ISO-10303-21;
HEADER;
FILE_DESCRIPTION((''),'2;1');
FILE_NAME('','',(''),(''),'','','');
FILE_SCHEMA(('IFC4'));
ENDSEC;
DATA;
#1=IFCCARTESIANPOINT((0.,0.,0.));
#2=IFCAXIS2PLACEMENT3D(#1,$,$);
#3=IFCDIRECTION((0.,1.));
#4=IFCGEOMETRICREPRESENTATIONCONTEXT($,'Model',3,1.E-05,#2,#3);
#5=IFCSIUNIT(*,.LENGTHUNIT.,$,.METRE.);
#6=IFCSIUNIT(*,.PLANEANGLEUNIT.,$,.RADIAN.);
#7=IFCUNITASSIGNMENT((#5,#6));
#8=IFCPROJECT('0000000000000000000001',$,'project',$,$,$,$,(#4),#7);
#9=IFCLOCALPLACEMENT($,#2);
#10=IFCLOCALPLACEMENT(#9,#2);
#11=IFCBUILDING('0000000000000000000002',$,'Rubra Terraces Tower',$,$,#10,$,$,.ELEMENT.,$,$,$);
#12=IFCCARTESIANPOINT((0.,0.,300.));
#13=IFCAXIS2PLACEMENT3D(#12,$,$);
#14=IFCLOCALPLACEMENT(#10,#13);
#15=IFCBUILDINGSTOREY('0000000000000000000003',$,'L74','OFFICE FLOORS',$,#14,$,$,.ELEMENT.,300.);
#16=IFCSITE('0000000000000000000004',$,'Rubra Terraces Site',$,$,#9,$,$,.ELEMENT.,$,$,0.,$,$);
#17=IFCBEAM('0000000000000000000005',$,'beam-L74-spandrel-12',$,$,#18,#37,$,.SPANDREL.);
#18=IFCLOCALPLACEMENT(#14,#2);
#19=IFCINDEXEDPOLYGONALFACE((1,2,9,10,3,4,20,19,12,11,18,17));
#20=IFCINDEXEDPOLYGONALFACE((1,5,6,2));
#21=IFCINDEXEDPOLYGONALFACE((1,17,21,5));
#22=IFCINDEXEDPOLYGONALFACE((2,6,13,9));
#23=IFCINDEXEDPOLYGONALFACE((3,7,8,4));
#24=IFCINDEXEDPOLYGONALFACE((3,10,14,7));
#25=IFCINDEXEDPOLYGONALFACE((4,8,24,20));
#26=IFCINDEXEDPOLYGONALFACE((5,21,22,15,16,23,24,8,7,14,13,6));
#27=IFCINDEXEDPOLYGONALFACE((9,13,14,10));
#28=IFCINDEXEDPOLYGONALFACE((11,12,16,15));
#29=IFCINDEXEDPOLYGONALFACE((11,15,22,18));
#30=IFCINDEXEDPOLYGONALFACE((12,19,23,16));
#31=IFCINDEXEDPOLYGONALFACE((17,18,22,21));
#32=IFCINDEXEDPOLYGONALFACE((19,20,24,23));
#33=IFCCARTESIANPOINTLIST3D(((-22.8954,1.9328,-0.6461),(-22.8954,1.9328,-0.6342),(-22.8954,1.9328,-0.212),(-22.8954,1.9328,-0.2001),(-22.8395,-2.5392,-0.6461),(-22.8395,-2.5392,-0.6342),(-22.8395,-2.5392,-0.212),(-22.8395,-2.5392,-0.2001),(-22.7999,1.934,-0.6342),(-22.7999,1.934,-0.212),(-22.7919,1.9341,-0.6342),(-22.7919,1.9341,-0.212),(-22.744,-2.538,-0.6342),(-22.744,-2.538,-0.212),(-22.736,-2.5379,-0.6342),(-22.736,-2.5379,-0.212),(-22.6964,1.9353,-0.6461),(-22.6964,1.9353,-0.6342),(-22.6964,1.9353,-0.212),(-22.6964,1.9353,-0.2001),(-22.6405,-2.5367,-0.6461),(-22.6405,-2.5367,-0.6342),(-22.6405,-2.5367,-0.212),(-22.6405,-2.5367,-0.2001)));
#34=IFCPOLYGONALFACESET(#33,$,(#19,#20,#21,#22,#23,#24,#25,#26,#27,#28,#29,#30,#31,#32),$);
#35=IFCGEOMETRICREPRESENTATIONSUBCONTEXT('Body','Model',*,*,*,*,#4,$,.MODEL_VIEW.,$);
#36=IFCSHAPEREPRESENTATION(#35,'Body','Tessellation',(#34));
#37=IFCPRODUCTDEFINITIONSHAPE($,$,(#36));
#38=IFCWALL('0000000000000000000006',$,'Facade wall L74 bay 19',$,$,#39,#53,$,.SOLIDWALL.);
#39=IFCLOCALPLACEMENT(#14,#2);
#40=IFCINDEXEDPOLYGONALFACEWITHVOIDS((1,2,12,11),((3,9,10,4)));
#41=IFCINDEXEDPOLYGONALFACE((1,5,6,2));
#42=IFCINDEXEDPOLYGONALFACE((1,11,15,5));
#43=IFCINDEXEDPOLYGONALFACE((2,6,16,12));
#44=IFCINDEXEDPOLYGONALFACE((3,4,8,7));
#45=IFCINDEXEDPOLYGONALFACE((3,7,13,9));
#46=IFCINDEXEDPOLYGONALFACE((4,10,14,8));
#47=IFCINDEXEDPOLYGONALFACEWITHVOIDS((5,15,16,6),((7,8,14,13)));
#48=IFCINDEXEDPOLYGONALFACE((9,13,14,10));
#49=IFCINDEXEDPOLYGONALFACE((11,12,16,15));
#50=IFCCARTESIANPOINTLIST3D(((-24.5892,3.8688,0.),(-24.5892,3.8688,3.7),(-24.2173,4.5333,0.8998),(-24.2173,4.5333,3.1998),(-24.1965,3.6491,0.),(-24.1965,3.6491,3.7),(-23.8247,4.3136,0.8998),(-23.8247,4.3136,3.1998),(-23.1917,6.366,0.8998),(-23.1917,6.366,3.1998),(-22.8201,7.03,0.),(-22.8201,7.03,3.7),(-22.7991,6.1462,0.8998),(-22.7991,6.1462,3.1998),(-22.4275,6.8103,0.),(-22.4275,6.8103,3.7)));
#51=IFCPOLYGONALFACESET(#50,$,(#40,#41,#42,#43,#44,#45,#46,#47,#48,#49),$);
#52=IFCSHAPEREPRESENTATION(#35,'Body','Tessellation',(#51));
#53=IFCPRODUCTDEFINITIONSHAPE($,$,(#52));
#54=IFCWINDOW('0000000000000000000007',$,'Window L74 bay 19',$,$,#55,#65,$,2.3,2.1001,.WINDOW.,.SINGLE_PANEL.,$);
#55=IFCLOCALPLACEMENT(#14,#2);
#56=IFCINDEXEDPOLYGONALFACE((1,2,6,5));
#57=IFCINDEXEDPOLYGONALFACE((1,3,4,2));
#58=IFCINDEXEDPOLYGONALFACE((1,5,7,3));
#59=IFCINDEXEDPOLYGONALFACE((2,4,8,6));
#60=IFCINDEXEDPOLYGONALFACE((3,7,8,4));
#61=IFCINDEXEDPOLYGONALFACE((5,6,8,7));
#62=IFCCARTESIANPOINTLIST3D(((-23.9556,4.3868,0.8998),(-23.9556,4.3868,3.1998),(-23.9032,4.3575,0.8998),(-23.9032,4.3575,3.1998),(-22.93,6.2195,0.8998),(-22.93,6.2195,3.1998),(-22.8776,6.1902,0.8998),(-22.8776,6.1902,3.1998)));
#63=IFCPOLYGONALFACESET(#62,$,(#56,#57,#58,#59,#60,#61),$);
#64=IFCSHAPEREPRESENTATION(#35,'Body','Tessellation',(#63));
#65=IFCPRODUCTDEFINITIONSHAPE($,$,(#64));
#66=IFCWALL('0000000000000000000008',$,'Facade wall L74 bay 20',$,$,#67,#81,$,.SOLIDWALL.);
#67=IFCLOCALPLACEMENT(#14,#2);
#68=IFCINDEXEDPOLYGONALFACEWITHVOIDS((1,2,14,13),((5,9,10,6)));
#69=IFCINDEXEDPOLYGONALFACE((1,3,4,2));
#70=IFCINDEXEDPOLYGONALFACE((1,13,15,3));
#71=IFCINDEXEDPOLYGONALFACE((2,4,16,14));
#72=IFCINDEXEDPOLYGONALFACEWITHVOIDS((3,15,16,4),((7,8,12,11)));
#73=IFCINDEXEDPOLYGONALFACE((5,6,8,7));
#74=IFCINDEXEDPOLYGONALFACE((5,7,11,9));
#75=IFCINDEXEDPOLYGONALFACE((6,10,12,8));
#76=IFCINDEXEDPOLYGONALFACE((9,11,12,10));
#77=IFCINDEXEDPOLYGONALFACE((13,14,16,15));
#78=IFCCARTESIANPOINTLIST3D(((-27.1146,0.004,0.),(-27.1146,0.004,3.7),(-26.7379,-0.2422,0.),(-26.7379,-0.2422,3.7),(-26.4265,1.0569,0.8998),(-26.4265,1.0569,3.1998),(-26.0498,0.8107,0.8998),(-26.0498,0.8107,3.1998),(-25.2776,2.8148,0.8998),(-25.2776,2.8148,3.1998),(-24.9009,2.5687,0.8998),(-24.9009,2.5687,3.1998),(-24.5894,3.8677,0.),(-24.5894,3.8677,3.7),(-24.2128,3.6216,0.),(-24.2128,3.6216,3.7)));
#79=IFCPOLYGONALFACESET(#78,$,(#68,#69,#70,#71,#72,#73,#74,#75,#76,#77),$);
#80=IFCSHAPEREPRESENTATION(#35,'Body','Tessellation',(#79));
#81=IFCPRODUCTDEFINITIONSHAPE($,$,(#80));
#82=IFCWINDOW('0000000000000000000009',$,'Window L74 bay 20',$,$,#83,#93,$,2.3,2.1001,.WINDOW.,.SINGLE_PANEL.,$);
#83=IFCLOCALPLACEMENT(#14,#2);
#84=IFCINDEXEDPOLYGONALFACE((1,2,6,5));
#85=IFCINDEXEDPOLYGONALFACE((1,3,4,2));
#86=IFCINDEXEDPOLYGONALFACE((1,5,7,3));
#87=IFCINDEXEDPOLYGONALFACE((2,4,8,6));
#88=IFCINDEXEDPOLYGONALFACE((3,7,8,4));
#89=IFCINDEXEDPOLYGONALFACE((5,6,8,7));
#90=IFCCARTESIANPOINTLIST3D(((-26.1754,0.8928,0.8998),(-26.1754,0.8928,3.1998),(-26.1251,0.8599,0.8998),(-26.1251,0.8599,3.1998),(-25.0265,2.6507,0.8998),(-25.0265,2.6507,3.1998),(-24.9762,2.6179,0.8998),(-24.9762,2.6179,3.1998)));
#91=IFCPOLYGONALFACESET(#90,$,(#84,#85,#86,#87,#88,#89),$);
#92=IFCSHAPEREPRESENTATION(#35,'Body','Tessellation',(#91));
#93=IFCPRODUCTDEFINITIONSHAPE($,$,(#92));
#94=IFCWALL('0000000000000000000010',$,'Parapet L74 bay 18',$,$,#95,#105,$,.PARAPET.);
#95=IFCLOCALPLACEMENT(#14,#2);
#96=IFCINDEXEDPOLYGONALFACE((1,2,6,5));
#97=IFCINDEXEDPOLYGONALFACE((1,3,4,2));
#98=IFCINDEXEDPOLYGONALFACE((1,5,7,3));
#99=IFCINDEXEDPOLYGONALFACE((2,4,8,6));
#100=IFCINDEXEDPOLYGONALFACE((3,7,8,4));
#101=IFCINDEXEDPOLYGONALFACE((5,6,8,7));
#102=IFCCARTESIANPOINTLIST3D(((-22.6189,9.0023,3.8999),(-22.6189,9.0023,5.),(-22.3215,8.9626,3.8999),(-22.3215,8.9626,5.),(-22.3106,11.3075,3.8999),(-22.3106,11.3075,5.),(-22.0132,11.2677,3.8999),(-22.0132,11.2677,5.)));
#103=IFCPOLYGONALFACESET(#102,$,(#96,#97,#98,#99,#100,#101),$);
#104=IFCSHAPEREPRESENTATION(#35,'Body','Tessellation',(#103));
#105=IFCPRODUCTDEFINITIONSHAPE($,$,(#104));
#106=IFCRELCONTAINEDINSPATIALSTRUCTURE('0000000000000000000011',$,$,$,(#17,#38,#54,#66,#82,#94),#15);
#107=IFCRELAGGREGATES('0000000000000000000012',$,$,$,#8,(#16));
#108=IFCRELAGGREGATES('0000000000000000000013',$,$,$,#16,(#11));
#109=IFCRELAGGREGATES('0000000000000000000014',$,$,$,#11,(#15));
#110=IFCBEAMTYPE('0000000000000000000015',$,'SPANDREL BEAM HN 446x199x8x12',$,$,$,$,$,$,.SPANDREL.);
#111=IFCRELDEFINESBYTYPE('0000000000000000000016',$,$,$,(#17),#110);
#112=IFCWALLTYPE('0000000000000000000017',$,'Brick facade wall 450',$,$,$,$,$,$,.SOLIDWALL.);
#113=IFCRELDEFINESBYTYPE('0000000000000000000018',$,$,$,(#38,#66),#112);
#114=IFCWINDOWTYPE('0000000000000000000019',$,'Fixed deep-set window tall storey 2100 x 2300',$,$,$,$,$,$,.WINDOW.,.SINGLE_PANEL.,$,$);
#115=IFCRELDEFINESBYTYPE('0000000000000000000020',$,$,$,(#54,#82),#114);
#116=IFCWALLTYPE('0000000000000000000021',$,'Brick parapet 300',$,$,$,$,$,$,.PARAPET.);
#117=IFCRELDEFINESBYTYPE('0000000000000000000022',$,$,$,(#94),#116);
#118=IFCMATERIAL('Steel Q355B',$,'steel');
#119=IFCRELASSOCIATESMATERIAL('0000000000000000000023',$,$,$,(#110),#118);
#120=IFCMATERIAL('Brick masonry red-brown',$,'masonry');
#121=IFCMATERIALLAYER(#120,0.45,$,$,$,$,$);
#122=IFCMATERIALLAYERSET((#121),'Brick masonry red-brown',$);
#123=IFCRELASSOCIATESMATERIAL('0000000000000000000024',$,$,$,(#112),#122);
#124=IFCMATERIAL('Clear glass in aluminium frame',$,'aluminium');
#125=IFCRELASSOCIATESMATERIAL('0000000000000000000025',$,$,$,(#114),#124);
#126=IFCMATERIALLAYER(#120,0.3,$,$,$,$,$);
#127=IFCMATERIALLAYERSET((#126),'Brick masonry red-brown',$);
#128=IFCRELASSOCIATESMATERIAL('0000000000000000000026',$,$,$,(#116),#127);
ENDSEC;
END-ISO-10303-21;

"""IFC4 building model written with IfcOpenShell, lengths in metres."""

from ifc_helpers import new_model, si_unit, direction, frame, frame_2d, origin, origin_2d, place, context, subcontext, project, spatial, rectangle, i_section, extrude, material, layer, layer_set, material_profile, profile_set, type_object, element, fill, save


model = new_model("IFC4")

# Units and contexts
model_context = context("Model", 3, precision=1e-05, world=origin(), true_north=direction((0.0, 1.0)))
body_context = subcontext(model_context, "Body", "Model", "MODEL_VIEW")
ifc_project = project(units=[si_unit("LENGTHUNIT", "METRE"), si_unit("PLANEANGLEUNIT", "RADIAN")], contexts=[model_context])

# Site, building, storey
site_placement = place(None, origin())
site = spatial("IfcSite", under=ifc_project, at=site_placement, Name="Rubra Terraces Site", CompositionType="ELEMENT", RefElevation=0.0)
building_placement = place(site_placement, origin())
building = spatial("IfcBuilding", under=site, at=building_placement, Name="Rubra Terraces Tower", CompositionType="ELEMENT")
storey_placement = place(building_placement, frame((0.0, 0.0, 300.0)))
storey = spatial("IfcBuildingStorey", under=building, at=storey_placement, Name="L74", Description="OFFICE FLOORS", CompositionType="ELEMENT", Elevation=300.0)

# Beam
ifc_material_1 = material(Name="Steel Q355B", Category="steel")
ifc_material_profile_1 = material_profile(ifc_material_1, i_section(OverallWidth=0.199, OverallDepth=0.446, WebThickness=0.0081, FlangeThickness=0.012, at=origin_2d()), Name="HN 446x199x8x12")
ifc_profile_set_1 = profile_set([ifc_material_profile_1], Name="Steel Q355B")
beam_type_1 = type_object("IfcBeamType", Name="SPANDREL BEAM HN 446x199x8x12", PredefinedType="SPANDREL", material=ifc_profile_set_1)
beam_1_placement = place(storey_placement, frame((-22.7959, 1.9341, -0.4231), z_axis=(0.0125, -0.999922, 0.0), x_axis=(0.999922, 0.0125, 0.0)))
element("IfcBeam", 1, at=beam_1_placement, inside=storey, type_object=beam_type_1, Name="beam-L74-spandrel-12", PredefinedType="SPANDREL", context=body_context, shape_type="SweptSolid", body=[
    extrude(i_section(OverallWidth=0.199, OverallDepth=0.446, WebThickness=0.0081, FlangeThickness=0.012, at=origin_2d()), origin(), (0.0, 0.0, 1.0), 4.4724),
])

# Walls, openings, windows
ifc_material_2 = material(Name="Brick masonry red-brown", Category="masonry")
ifc_layer_1 = layer(ifc_material_2, 0.45)
ifc_layer_set_1 = layer_set([ifc_layer_1], Name="Brick masonry red-brown")
wall_type_1 = type_object("IfcWallType", Name="Brick facade wall 450", PredefinedType="SOLIDWALL", material=ifc_layer_set_1)
wall_1_placement = place(storey_placement, frame((-22.6238, 6.9202, 0.0), z_axis=(0.0, 0.0, 1.0), x_axis=(-0.488353, -0.872646, 0.0)))
wall_1 = element("IfcWall", 2, at=wall_1_placement, inside=storey, type_object=wall_type_1, Name="Facade wall L74 bay 19", PredefinedType="SOLIDWALL", context=body_context, shape_type="SweptSolid", body=[
    extrude(rectangle(XDim=3.6226, YDim=0.45, at=frame_2d((1.8113, 0.0))), origin(), (0.0, 0.0, 1.0), 3.7),
])
opening_1_placement = place(wall_1_placement, frame((0.761, 0.0, 0.8999)))
opening_1 = element("IfcOpeningElement", 3, at=opening_1_placement, cuts=wall_1, PredefinedType="OPENING", context=body_context, shape_type="SweptSolid", body=[
    extrude(rectangle(XDim=2.1001, YDim=2.3, at=frame_2d((1.05, 1.1499))), frame((0.0, 0.2349, 0.0), z_axis=(0.0, -1.0, 0.0), x_axis=(1.0, 0.0, 0.0)), (0.0, 0.0, 1.0), 0.47),
])
ifc_material_3 = material(Name="Clear glass in aluminium frame", Category="aluminium")
window_type = type_object("IfcWindowType", Name="Fixed deep-set window tall storey 2100 x 2300", PartitioningType="SINGLE_PANEL", PredefinedType="WINDOW", material=ifc_material_3)
window_1_placement = place(opening_1_placement, origin())
window_1 = element("IfcWindow", 4, at=window_1_placement, inside=storey, type_object=window_type, Name="Window L74 bay 19", OverallHeight=2.3, OverallWidth=2.1001, PartitioningType="SINGLE_PANEL", PredefinedType="WINDOW", context=body_context, shape_type="SweptSolid", body=[
    extrude(rectangle(XDim=2.1001, YDim=2.3, at=frame_2d((1.05, 1.1499))), frame((0.0, 0.135, 0.0), z_axis=(0.0, -1.0, 0.0), x_axis=(1.0, 0.0, 0.0)), (0.0, 0.0, 1.0), 0.0601),
])
fill(opening_1, window_1)
wall_2_placement = place(storey_placement, frame((-24.4011, 3.7446, 0.0), z_axis=(0.0, 0.0, 1.0), x_axis=(-0.547073, -0.837085, 0.0)))
wall_2 = element("IfcWall", 5, at=wall_2_placement, inside=storey, type_object=wall_type_1, Name="Facade wall L74 bay 20", PredefinedType="SOLIDWALL", context=body_context, shape_type="SweptSolid", body=[
    extrude(rectangle(XDim=4.6157, YDim=0.45, at=frame_2d((2.3079, 0.0))), origin(), (0.0, 0.0, 1.0), 3.7),
])
opening_2_placement = place(wall_2_placement, frame((1.2578, 0.0, 0.8999)))
opening_2 = element("IfcOpeningElement", 6, at=opening_2_placement, cuts=wall_2, PredefinedType="OPENING", context=body_context, shape_type="SweptSolid", body=[
    extrude(rectangle(XDim=2.1001, YDim=2.3, at=frame_2d((1.05, 1.1499))), frame((0.0, 0.2349, 0.0), z_axis=(0.0, -1.0, 0.0), x_axis=(1.0, 0.0, 0.0)), (0.0, 0.0, 1.0), 0.47),
])
window_2_placement = place(opening_2_placement, origin())
window_2 = element("IfcWindow", 7, at=window_2_placement, inside=storey, type_object=window_type, Name="Window L74 bay 20", OverallHeight=2.3, OverallWidth=2.1001, PartitioningType="SINGLE_PANEL", PredefinedType="WINDOW", context=body_context, shape_type="SweptSolid", body=[
    extrude(rectangle(XDim=2.1001, YDim=2.3, at=frame_2d((1.05, 1.1499))), frame((0.0, 0.135, 0.0), z_axis=(0.0, -1.0, 0.0), x_axis=(1.0, 0.0, 0.0)), (0.0, 0.0, 1.0), 0.0601),
])
fill(opening_2, window_2)

# Wall
ifc_layer_2 = layer(ifc_material_2, 0.3)
ifc_layer_set_2 = layer_set([ifc_layer_2], Name="Brick masonry red-brown")
wall_type_2 = type_object("IfcWallType", Name="Brick parapet 300", PredefinedType="PARAPET", material=ifc_layer_set_2)
wall_3_placement = place(storey_placement, frame((-22.1619, 11.2876, 3.8999), z_axis=(0.0, 0.0, 1.0), x_axis=(-0.132583, -0.991172, 0.0)))
element("IfcWall", 8, at=wall_3_placement, inside=storey, type_object=wall_type_2, Name="Parapet L74 bay 18", PredefinedType="PARAPET", context=body_context, shape_type="SweptSolid", body=[
    extrude(rectangle(XDim=2.3257, YDim=0.3, at=frame_2d((1.1628, 0.0))), origin(), (0.0, 0.0, 1.0), 1.1001),
])

save(model, "model.ifc")
